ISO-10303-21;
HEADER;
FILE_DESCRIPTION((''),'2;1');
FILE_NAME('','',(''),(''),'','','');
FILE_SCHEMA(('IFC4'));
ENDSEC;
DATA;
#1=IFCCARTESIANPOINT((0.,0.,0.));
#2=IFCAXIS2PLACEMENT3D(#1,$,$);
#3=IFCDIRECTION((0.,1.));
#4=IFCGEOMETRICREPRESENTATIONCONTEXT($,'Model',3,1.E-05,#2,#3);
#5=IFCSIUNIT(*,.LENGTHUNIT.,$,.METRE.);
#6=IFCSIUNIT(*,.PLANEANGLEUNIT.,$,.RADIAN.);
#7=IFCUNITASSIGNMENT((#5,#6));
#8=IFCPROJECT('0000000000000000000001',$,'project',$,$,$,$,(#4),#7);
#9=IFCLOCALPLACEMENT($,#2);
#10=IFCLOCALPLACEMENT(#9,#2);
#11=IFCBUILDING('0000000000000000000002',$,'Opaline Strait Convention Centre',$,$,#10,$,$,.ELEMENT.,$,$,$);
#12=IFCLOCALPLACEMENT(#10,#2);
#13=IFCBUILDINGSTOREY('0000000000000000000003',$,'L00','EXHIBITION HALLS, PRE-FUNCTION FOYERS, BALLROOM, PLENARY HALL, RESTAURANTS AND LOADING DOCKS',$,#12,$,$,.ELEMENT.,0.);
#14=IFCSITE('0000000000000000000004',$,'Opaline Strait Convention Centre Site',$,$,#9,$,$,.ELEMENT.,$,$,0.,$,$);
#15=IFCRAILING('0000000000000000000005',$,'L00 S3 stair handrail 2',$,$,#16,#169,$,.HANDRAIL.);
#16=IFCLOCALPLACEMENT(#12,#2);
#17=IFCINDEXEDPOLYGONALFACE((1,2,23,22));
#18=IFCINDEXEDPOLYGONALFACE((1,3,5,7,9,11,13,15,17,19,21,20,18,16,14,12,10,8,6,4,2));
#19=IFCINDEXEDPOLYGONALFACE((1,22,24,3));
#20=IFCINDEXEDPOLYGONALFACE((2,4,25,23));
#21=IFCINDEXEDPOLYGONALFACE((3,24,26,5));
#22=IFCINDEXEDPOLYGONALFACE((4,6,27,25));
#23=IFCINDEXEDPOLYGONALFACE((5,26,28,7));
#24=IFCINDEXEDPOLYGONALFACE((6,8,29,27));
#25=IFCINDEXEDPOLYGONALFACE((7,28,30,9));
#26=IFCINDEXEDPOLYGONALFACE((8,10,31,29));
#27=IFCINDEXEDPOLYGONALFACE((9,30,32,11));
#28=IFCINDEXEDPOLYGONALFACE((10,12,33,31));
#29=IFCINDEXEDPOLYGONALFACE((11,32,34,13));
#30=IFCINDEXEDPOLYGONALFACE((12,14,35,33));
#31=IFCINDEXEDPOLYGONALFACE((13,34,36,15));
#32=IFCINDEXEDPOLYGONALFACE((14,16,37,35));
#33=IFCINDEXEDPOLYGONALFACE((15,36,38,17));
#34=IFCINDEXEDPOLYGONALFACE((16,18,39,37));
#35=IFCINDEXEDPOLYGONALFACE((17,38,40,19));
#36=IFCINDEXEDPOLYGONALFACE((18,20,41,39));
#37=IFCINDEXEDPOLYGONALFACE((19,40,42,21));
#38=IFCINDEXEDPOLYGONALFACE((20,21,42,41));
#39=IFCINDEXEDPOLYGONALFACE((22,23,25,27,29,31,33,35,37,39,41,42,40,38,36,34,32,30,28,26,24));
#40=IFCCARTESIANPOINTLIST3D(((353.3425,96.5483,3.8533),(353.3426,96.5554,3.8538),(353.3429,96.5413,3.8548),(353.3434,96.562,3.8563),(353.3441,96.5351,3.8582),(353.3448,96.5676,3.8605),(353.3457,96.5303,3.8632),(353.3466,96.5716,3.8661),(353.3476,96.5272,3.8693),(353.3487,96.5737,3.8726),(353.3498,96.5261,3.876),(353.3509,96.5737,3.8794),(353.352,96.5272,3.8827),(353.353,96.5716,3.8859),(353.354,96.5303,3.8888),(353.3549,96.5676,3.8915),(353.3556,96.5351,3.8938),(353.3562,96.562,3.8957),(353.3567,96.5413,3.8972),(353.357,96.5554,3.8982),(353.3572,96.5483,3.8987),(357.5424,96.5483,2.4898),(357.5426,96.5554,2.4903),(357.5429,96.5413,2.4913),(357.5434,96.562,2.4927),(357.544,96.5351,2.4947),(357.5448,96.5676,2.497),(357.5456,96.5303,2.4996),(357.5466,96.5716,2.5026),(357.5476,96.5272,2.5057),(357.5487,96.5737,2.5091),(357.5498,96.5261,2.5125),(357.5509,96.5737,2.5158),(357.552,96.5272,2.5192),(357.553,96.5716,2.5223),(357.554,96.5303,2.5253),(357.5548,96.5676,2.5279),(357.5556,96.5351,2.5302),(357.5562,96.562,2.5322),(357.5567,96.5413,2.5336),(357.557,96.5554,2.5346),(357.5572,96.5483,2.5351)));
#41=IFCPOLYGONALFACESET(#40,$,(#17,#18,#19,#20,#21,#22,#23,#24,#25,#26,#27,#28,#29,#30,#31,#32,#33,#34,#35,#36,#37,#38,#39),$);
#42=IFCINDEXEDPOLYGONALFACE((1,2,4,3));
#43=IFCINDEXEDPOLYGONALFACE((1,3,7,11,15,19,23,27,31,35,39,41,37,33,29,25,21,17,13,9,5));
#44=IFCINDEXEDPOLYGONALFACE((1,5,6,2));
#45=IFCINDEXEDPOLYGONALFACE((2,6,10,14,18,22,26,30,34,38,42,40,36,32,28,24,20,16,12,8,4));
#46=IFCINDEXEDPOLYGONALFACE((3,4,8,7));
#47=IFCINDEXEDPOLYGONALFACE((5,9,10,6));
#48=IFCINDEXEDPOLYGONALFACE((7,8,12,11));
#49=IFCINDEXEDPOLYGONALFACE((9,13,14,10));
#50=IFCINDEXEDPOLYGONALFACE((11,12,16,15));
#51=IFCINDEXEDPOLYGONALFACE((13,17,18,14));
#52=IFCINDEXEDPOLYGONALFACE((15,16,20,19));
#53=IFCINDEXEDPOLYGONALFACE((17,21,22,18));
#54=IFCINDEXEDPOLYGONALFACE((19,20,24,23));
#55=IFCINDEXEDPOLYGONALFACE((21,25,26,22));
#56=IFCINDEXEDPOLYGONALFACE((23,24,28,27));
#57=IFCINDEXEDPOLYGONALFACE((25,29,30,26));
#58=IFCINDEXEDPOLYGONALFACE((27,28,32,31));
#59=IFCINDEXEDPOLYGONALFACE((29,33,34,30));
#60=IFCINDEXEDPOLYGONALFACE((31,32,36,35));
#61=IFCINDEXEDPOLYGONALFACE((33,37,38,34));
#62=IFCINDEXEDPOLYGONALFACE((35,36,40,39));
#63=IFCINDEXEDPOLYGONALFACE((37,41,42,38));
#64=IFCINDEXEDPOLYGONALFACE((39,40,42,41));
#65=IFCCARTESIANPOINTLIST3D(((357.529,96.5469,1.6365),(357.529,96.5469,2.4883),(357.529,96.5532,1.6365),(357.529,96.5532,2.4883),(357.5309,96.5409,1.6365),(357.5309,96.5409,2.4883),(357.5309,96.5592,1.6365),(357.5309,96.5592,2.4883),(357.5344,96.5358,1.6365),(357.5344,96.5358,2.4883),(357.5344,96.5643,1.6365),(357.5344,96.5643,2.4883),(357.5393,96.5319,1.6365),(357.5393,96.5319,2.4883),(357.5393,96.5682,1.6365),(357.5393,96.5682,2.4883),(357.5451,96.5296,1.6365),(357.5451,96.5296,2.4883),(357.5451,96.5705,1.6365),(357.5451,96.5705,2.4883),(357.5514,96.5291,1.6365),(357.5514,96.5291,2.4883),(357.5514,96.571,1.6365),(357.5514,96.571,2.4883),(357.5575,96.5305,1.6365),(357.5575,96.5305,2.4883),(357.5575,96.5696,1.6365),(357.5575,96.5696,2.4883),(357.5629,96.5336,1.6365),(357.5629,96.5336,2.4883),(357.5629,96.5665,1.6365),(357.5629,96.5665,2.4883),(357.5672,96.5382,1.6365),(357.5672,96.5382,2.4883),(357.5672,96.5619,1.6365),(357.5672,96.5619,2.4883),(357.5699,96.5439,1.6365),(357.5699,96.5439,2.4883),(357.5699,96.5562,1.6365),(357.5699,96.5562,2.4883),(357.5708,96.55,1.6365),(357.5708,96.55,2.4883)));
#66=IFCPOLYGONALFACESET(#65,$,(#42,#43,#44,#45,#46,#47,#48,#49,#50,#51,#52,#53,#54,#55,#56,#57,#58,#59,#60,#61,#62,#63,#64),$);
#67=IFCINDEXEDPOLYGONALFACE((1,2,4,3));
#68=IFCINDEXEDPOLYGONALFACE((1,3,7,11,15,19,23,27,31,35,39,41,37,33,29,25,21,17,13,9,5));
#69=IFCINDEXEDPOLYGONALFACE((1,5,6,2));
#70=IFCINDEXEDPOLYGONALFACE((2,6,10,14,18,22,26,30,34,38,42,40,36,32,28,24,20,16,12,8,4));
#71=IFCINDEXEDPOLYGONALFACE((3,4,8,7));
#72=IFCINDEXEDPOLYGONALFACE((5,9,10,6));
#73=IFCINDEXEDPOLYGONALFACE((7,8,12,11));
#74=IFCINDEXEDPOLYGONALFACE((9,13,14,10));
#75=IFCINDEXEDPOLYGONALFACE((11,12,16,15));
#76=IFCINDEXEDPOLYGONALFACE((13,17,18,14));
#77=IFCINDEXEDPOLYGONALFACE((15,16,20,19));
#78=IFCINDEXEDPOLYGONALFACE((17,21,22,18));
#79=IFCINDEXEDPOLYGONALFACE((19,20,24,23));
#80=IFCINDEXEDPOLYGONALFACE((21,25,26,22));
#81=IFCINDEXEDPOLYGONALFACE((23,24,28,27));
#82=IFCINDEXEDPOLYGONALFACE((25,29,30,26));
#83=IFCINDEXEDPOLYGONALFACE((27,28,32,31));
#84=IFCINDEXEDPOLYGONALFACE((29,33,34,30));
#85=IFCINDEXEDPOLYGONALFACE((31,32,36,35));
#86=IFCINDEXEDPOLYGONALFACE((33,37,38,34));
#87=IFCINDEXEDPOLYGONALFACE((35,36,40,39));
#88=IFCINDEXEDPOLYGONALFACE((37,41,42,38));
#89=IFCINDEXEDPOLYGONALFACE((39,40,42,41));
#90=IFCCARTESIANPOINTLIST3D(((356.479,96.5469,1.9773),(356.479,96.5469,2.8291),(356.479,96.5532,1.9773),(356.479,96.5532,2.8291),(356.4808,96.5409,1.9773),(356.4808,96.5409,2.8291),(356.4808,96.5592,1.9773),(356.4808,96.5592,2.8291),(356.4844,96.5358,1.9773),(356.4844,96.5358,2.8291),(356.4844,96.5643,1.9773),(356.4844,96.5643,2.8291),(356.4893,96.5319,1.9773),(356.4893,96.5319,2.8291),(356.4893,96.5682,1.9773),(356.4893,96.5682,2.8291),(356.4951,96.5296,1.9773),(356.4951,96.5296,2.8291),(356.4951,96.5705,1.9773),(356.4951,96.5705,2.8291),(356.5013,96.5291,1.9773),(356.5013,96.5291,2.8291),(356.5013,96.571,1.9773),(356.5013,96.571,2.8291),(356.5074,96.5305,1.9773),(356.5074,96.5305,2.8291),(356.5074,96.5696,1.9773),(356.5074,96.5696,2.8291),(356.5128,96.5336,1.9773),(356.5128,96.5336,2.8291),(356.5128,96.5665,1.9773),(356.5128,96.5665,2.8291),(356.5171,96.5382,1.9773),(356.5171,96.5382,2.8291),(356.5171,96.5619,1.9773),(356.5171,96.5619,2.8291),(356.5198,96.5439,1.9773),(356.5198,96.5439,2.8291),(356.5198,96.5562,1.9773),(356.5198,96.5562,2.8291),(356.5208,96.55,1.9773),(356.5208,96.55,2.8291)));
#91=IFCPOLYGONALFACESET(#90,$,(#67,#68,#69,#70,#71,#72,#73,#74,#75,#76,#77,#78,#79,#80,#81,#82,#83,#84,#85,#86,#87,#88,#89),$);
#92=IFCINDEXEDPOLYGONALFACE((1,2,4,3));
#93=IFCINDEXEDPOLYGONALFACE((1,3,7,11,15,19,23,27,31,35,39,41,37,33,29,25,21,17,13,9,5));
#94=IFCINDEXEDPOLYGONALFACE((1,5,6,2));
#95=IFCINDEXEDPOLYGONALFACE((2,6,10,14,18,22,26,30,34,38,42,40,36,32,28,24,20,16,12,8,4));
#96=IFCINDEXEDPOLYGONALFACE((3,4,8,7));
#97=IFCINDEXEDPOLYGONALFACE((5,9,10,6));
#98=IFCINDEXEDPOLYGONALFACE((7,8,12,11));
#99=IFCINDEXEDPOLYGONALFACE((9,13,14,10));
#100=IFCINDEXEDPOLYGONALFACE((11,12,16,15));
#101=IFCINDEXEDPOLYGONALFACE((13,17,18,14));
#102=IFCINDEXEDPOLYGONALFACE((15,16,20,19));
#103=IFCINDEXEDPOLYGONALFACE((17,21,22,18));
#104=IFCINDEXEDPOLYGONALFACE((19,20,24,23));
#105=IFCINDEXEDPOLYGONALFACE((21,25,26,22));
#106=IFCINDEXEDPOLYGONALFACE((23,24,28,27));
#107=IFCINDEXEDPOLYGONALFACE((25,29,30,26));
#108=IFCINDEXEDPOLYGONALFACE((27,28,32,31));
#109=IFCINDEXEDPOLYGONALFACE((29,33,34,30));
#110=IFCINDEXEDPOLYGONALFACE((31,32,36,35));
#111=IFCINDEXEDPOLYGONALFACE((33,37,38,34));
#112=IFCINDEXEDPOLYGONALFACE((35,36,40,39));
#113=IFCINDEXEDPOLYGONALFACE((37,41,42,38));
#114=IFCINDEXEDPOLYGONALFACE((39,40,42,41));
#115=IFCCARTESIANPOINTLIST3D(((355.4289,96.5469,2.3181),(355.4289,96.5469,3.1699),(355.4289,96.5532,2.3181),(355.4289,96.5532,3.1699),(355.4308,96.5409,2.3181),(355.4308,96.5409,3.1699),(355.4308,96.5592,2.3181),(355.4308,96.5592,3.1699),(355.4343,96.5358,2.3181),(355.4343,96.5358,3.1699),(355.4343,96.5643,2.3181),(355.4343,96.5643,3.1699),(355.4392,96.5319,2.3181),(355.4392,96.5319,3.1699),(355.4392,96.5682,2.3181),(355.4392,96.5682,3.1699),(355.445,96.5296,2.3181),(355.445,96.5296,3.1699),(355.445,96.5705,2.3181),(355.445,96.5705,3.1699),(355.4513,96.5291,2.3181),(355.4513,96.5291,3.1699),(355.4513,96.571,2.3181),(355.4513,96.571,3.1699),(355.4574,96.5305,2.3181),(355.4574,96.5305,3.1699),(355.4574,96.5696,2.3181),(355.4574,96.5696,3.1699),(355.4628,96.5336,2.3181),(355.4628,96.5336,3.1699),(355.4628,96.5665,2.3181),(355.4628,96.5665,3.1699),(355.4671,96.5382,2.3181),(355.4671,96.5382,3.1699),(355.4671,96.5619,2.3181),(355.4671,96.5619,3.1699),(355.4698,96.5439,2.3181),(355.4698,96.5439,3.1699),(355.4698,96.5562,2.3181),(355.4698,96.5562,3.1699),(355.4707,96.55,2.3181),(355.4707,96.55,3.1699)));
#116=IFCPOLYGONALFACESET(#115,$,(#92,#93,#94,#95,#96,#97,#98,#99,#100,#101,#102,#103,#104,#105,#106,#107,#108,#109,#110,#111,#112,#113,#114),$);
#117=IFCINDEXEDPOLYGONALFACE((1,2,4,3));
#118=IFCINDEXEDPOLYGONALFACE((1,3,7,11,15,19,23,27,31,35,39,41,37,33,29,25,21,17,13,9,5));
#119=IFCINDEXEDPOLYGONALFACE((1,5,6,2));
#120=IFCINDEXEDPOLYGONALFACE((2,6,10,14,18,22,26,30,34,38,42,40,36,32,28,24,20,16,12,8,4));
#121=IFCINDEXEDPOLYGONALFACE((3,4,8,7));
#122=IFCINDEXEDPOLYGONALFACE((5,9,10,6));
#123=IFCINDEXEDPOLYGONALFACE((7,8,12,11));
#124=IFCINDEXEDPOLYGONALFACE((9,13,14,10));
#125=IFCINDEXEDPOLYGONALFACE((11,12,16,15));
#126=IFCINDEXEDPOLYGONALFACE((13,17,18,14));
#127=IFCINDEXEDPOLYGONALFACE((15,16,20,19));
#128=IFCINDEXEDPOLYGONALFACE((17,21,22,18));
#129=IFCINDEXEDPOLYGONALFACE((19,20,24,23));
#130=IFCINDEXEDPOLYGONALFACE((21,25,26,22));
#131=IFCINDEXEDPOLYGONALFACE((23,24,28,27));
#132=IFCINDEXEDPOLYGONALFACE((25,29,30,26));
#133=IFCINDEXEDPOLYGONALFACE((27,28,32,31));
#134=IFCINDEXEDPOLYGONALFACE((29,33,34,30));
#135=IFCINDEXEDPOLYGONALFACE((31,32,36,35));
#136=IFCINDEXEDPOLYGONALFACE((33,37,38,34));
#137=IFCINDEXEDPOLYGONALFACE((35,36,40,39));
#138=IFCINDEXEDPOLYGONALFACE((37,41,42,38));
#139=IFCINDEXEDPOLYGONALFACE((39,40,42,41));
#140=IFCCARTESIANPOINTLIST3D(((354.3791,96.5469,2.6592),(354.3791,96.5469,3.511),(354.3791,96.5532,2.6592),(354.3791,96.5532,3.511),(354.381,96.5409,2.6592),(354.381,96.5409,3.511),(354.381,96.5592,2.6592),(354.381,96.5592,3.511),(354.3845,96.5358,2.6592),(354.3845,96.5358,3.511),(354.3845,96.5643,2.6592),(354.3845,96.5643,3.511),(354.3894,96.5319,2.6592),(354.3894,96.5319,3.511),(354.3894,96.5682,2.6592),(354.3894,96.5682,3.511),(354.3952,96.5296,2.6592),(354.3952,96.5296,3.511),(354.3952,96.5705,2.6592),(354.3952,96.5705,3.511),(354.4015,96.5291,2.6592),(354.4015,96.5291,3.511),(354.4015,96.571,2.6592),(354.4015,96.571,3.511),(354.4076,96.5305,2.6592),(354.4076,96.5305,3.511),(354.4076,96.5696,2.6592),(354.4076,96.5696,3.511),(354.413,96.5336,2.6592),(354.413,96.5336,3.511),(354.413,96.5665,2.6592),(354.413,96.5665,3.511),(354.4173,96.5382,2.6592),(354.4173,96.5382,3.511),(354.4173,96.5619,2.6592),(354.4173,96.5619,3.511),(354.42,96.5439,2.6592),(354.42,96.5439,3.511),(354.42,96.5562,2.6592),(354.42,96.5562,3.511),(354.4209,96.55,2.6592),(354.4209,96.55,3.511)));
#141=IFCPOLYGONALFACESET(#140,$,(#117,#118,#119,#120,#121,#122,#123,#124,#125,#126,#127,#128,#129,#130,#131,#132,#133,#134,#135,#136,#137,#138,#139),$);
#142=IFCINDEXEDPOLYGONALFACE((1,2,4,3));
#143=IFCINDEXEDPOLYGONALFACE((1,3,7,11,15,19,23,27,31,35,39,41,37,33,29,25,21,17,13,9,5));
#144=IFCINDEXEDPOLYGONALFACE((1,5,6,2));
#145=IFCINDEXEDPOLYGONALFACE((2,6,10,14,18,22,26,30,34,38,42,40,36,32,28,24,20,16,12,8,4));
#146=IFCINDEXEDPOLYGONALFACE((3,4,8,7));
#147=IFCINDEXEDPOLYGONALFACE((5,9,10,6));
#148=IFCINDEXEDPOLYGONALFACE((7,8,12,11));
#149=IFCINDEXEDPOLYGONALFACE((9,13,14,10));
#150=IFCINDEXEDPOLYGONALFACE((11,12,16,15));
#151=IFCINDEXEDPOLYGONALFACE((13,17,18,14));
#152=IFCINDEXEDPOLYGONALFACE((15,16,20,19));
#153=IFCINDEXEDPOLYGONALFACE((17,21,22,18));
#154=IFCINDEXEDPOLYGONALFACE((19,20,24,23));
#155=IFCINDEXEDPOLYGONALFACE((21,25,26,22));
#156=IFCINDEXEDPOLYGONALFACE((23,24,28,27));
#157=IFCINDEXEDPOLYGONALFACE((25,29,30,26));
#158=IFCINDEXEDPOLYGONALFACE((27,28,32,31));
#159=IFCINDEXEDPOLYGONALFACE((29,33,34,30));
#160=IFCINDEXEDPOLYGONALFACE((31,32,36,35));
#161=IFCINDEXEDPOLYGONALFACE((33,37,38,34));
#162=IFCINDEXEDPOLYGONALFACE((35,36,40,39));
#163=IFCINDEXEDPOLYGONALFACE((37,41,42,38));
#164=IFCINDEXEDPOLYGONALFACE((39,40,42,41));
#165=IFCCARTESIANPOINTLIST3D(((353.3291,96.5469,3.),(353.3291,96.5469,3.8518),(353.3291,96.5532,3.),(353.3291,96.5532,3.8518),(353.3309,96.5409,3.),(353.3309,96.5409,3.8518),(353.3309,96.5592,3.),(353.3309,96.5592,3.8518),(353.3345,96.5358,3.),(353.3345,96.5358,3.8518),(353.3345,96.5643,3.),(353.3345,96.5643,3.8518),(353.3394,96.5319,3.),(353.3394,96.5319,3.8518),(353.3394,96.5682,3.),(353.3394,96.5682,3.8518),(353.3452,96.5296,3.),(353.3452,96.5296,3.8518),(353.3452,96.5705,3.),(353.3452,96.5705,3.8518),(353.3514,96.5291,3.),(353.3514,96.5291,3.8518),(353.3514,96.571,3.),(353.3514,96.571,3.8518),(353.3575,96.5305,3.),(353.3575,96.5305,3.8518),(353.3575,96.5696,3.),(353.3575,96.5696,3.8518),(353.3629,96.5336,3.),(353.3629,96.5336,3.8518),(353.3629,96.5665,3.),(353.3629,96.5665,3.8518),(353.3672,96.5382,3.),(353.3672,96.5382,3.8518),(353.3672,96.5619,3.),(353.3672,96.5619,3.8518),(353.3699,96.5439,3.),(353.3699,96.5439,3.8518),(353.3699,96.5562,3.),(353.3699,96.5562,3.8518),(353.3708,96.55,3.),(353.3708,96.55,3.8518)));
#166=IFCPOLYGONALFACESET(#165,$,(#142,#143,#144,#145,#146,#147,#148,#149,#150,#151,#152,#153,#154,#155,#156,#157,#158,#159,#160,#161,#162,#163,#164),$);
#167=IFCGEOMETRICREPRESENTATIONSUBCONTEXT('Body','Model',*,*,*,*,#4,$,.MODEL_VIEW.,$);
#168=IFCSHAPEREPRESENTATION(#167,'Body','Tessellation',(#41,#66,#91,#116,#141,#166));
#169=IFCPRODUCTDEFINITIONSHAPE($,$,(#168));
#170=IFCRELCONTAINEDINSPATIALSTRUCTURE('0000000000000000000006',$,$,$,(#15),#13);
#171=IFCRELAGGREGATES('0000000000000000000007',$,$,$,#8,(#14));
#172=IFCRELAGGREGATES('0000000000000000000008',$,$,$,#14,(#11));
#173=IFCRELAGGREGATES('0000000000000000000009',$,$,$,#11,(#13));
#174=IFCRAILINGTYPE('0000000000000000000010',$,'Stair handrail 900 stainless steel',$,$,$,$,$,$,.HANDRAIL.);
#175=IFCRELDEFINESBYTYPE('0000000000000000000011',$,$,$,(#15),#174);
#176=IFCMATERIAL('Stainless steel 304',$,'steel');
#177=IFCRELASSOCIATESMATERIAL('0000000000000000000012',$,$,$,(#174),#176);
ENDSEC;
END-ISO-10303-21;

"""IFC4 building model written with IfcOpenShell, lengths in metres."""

from ifc_helpers import new_model, si_unit, direction, frame, origin, origin_2d, place, context, subcontext, project, spatial, circle, extrude, material, type_object, element, save


model = new_model("IFC4")

# Units and contexts
model_context = context("Model", 3, precision=1e-05, world=origin(), true_north=direction((0.0, 1.0)))
body_context = subcontext(model_context, "Body", "Model", "MODEL_VIEW")
ifc_project = project(units=[si_unit("LENGTHUNIT", "METRE"), si_unit("PLANEANGLEUNIT", "RADIAN")], contexts=[model_context])

# Site, building, storey
site_placement = place(None, origin())
site = spatial("IfcSite", under=ifc_project, at=site_placement, Name="Opaline Strait Convention Centre Site", CompositionType="ELEMENT", RefElevation=0.0)
building_placement = place(site_placement, origin())
building = spatial("IfcBuilding", under=site, at=building_placement, Name="Opaline Strait Convention Centre", CompositionType="ELEMENT")
storey_placement = place(building_placement, origin())
storey = spatial("IfcBuildingStorey", under=building, at=storey_placement, Name="L00", Description="EXHIBITION HALLS, PRE-FUNCTION FOYERS, BALLROOM, PLENARY HALL, RESTAURANTS AND LOADING DOCKS", CompositionType="ELEMENT", Elevation=0.0)

# Railing
ifc_material_1 = material(Name="Stainless steel 304", Category="steel")
railing_type_1 = type_object("IfcRailingType", Name="Stair handrail 900 stainless steel", PredefinedType="HANDRAIL", material=ifc_material_1)
for number, where, name in (
    (1, (357.5498, 96.55, 1.6365), "L00 S3 stair handrail 2"),
):
    element("IfcRailing", number, at=place(storey_placement, frame(where)), inside=storey, type_object=railing_type_1, Name=name, PredefinedType="HANDRAIL", context=body_context, shape_type="SweptSolid", body=[
        extrude(circle(Radius=0.0239, at=origin_2d()), frame((0.0, 0.0, 0.876), z_axis=(-0.951131, 0.0, 0.308787), x_axis=(0.0, -1.0, 0.0)), (0.0, 0.0, 1.0), 4.4158),
        extrude(circle(Radius=0.021, at=origin_2d()), origin(), (0.0, 0.0, 1.0), 0.8518),
        extrude(circle(Radius=0.021, at=origin_2d()), frame((-1.05, 0.0, 0.3408)), (0.0, 0.0, 1.0), 0.8518),
        extrude(circle(Radius=0.021, at=origin_2d()), frame((-2.1001, 0.0, 0.6816)), (0.0, 0.0, 1.0), 0.8518),
        extrude(circle(Radius=0.021, at=origin_2d()), frame((-3.1499, 0.0, 1.0227)), (0.0, 0.0, 1.0), 0.8518),
        extrude(circle(Radius=0.021, at=origin_2d()), frame((-4.2, 0.0, 1.3635)), (0.0, 0.0, 1.0), 0.8518),
    ])

save(model, "model.ifc")
